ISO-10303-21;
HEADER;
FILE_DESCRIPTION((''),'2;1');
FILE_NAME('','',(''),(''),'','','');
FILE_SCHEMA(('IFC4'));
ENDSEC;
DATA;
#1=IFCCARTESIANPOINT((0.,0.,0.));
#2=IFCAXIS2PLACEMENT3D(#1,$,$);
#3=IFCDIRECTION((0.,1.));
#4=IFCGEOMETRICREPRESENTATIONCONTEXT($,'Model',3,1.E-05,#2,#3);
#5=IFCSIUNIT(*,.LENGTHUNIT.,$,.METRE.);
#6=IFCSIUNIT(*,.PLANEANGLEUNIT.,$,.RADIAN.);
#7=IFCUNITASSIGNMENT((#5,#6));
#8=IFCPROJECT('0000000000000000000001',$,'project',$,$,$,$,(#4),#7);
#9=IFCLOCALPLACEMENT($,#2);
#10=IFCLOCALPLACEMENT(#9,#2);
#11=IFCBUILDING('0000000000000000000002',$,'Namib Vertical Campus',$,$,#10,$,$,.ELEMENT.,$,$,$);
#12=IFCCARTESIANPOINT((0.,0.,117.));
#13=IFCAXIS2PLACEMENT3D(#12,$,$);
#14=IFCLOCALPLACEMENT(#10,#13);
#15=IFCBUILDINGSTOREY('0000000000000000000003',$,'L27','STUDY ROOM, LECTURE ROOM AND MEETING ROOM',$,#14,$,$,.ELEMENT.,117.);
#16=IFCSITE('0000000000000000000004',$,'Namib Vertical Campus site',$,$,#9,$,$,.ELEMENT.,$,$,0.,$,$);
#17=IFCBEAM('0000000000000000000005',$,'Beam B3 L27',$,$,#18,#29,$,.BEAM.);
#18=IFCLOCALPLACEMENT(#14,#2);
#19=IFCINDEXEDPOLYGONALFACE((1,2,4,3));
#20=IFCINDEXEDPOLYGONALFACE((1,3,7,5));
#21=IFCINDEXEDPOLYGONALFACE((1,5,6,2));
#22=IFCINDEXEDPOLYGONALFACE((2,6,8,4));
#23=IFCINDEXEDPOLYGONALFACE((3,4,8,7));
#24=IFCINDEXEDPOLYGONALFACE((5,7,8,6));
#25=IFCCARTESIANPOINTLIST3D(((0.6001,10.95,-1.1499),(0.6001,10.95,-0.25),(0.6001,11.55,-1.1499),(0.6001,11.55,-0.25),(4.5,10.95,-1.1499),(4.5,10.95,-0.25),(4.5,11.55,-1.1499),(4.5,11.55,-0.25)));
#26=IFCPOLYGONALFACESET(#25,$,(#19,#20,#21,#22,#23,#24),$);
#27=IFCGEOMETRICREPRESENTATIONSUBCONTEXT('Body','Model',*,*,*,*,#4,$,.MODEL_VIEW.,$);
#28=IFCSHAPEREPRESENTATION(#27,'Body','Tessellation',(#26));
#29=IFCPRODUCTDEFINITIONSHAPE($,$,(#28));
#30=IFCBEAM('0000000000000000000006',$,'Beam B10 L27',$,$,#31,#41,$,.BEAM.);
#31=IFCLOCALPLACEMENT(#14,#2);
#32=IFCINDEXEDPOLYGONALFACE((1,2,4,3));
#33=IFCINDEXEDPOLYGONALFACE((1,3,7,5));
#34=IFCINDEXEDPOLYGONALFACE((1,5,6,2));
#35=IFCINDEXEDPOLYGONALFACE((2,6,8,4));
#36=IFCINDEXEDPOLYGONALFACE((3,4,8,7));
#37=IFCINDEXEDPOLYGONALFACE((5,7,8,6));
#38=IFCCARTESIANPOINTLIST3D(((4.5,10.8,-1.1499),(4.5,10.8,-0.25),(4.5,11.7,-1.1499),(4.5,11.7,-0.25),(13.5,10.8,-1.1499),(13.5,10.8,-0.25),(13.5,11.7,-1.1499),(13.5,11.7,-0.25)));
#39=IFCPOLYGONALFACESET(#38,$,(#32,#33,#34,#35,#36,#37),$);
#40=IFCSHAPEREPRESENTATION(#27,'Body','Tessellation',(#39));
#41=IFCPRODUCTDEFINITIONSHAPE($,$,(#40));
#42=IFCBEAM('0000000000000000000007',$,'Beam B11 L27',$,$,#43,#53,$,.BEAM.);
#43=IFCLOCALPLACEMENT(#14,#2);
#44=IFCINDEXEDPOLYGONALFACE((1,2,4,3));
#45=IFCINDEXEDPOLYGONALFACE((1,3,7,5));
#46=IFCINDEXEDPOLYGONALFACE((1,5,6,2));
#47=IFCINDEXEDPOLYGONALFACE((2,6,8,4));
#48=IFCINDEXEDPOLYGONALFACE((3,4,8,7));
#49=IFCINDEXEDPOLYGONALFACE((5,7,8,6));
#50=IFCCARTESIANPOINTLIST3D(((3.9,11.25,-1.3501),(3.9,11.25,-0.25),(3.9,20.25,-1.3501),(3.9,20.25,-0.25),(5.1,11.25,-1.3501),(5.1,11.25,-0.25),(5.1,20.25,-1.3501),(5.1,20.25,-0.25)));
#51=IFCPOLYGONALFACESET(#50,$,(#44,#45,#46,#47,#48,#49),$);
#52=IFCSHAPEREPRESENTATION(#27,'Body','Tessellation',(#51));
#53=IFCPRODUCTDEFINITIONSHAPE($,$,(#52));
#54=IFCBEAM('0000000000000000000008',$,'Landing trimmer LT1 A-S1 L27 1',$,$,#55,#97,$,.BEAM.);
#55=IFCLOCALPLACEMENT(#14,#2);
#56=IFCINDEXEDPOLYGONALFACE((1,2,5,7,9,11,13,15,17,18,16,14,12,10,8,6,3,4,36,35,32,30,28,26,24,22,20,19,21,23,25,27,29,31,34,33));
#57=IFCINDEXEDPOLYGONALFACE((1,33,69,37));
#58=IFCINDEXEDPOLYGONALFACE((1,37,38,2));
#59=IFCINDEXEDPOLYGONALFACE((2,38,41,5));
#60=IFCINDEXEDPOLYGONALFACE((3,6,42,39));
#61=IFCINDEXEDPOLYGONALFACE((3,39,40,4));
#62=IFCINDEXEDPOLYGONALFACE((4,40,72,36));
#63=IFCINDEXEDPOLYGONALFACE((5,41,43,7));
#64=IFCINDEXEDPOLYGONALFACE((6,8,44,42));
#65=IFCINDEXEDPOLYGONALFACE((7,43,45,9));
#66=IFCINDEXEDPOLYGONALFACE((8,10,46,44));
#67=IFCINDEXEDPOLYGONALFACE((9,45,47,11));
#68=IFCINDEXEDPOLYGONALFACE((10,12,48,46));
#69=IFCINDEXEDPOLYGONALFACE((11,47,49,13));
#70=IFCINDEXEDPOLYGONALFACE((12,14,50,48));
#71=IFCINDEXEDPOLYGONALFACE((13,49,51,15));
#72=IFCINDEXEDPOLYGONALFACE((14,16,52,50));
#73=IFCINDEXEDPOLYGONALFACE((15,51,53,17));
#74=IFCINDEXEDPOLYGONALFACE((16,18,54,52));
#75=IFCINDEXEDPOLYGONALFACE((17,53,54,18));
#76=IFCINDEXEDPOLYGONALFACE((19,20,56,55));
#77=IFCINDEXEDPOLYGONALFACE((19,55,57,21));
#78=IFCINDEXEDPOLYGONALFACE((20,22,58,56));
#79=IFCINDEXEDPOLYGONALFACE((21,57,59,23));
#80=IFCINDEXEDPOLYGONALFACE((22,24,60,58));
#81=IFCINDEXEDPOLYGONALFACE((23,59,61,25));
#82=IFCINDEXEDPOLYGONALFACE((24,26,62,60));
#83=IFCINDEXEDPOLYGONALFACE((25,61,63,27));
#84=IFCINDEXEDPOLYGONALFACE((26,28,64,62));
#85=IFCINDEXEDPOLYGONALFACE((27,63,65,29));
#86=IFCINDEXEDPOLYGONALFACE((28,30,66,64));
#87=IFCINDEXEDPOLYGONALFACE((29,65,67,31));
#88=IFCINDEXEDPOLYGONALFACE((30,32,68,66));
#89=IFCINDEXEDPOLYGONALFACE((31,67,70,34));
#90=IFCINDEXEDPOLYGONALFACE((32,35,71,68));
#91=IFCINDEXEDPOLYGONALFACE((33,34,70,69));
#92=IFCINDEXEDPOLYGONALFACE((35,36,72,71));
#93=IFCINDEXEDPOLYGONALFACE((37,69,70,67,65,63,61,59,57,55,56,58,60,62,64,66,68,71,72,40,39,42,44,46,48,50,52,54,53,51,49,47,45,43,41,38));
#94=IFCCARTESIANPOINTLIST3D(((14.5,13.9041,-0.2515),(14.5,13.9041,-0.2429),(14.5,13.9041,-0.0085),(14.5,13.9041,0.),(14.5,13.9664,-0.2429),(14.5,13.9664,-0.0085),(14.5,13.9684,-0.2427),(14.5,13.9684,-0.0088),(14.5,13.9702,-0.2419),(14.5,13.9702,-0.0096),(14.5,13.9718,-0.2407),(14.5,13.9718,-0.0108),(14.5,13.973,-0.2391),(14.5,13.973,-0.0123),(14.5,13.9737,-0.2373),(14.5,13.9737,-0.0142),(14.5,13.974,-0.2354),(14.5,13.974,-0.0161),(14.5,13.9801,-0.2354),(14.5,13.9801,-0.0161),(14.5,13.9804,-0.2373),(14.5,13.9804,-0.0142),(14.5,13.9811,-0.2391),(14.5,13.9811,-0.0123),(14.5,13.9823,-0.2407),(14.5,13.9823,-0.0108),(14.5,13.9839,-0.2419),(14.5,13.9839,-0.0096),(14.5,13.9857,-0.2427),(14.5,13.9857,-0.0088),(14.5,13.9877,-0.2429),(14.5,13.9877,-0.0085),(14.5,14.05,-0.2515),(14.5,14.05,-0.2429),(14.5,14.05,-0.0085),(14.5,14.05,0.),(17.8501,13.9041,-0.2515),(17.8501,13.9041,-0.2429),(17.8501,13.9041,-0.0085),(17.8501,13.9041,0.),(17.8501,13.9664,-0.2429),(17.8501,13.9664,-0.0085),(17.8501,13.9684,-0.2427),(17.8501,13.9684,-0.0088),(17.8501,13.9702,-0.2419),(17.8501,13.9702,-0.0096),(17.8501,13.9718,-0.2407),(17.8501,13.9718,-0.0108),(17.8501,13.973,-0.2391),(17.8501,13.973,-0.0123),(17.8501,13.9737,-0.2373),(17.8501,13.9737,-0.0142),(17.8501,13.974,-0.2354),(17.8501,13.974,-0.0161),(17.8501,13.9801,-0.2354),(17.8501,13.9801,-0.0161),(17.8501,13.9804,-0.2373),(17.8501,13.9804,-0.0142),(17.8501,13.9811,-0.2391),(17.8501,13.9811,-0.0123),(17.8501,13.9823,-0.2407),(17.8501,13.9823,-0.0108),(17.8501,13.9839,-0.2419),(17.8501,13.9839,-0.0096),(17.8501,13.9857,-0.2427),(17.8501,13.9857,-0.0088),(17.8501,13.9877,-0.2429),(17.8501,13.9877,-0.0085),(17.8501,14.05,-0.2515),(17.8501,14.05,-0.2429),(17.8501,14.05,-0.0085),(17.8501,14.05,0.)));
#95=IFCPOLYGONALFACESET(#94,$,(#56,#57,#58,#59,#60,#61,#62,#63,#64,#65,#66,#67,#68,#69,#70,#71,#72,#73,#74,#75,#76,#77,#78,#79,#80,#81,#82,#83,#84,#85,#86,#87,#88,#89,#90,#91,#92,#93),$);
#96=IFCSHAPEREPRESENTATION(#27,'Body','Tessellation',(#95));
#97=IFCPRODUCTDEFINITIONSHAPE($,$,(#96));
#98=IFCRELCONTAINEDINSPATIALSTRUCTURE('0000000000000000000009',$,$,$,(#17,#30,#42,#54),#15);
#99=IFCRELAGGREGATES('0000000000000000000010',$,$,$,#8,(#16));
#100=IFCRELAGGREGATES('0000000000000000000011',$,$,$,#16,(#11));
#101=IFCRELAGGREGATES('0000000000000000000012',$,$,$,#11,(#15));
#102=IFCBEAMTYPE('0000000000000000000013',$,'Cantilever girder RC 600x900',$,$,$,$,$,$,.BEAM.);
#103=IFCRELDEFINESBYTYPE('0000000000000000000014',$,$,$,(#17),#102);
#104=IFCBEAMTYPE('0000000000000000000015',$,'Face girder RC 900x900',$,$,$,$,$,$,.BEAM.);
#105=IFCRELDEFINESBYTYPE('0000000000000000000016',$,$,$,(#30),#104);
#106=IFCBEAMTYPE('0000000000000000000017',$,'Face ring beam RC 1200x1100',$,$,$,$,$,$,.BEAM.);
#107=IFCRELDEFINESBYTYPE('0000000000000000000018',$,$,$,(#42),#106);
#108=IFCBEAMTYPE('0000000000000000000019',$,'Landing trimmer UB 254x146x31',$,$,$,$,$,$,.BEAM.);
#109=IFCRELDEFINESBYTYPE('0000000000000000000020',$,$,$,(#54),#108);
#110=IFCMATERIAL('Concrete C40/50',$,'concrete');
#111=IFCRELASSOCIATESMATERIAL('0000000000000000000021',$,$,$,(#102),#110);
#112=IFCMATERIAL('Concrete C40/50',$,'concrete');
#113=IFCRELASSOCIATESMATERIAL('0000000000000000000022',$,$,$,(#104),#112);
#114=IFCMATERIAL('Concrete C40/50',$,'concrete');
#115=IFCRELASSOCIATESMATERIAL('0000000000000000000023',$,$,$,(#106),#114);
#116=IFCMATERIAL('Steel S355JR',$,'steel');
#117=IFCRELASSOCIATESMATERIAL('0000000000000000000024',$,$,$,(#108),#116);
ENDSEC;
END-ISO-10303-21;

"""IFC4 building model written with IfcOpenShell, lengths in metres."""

from ifc_helpers import new_model, si_unit, direction, frame, origin, origin_2d, place, context, subcontext, project, spatial, rectangle, i_section, extrude, material, material_profile, profile_set, type_object, element, save


model = new_model("IFC4")

# Units and contexts
model_context = context("Model", 3, precision=1e-05, world=origin(), true_north=direction((0.0, 1.0)))
body_context = subcontext(model_context, "Body", "Model", "MODEL_VIEW")
ifc_project = project(units=[si_unit("LENGTHUNIT", "METRE"), si_unit("PLANEANGLEUNIT", "RADIAN")], contexts=[model_context])

# Site, building, storey
site_placement = place(None, origin())
site = spatial("IfcSite", under=ifc_project, at=site_placement, Name="Namib Vertical Campus site", CompositionType="ELEMENT", RefElevation=0.0)
building_placement = place(site_placement, origin())
building = spatial("IfcBuilding", under=site, at=building_placement, Name="Namib Vertical Campus", CompositionType="ELEMENT")
storey_placement = place(building_placement, frame((0.0, 0.0, 117.0)))
storey = spatial("IfcBuildingStorey", under=building, at=storey_placement, Name="L27", Description="STUDY ROOM, LECTURE ROOM AND MEETING ROOM", CompositionType="ELEMENT", Elevation=117.0)

# Beams
ifc_material_1 = material(Name="Concrete C40/50", Category="concrete")
ifc_material_profile_1 = material_profile(ifc_material_1, rectangle(XDim=0.6001, YDim=0.8999, at=origin_2d()))
ifc_profile_set_1 = profile_set([ifc_material_profile_1], Name="Concrete C40/50")
beam_type_1 = type_object("IfcBeamType", Name="Cantilever girder RC 600x900", PredefinedType="BEAM", material=ifc_profile_set_1)
beam_1_placement = place(storey_placement, frame((4.5, 11.25, -0.7), z_axis=(-1.0, 0.0, 0.0), x_axis=(0.0, -1.0, 0.0)))
element("IfcBeam", 1, at=beam_1_placement, inside=storey, type_object=beam_type_1, Name="Beam B3 L27", PredefinedType="BEAM", context=body_context, shape_type="SweptSolid", body=[
    extrude(rectangle(XDim=0.6001, YDim=0.8999, at=origin_2d()), origin(), (0.0, 0.0, 1.0), 3.8999),
])
ifc_material_2 = material(Name="Concrete C40/50", Category="concrete")
ifc_material_profile_2 = material_profile(ifc_material_2, rectangle(XDim=0.8999, YDim=0.8999, at=origin_2d()))
ifc_profile_set_2 = profile_set([ifc_material_profile_2], Name="Concrete C40/50")
beam_type_2 = type_object("IfcBeamType", Name="Face girder RC 900x900", PredefinedType="BEAM", material=ifc_profile_set_2)
beam_2_placement = place(storey_placement, frame((4.5, 11.25, -0.7), z_axis=(1.0, 0.0, 0.0), x_axis=(0.0, 1.0, 0.0)))
element("IfcBeam", 2, at=beam_2_placement, inside=storey, type_object=beam_type_2, Name="Beam B10 L27", PredefinedType="BEAM", context=body_context, shape_type="SweptSolid", body=[
    extrude(rectangle(XDim=0.8999, YDim=0.8999, at=origin_2d()), origin(), (0.0, 0.0, 1.0), 9.0),
])
ifc_material_3 = material(Name="Concrete C40/50", Category="concrete")
ifc_material_profile_3 = material_profile(ifc_material_3, rectangle(XDim=1.2, YDim=1.1001, at=origin_2d()))
ifc_profile_set_3 = profile_set([ifc_material_profile_3], Name="Concrete C40/50")
beam_type_3 = type_object("IfcBeamType", Name="Face ring beam RC 1200x1100", PredefinedType="BEAM", material=ifc_profile_set_3)
beam_3_placement = place(storey_placement, frame((4.5, 11.25, -0.8), z_axis=(0.0, 1.0, 0.0), x_axis=(-1.0, 0.0, 0.0)))
element("IfcBeam", 3, at=beam_3_placement, inside=storey, type_object=beam_type_3, Name="Beam B11 L27", PredefinedType="BEAM", context=body_context, shape_type="SweptSolid", body=[
    extrude(rectangle(XDim=1.2, YDim=1.1001, at=origin_2d()), origin(), (0.0, 0.0, 1.0), 9.0),
])
ifc_material_4 = material(Name="Steel S355JR", Category="steel")
ifc_material_profile_4 = material_profile(ifc_material_4, i_section(OverallWidth=0.146, OverallDepth=0.2515, WebThickness=0.0061, FlangeThickness=0.0085, FilletRadius=0.0076, at=origin_2d()))
ifc_profile_set_4 = profile_set([ifc_material_profile_4], Name="Steel S355JR")
beam_type_4 = type_object("IfcBeamType", Name="Landing trimmer UB 254x146x31", PredefinedType="BEAM", material=ifc_profile_set_4)
beam_4_placement = place(storey_placement, frame((14.5, 13.9771, -0.1257), z_axis=(1.0, 0.0, 0.0), x_axis=(0.0, 1.0, 0.0)))
element("IfcBeam", 4, at=beam_4_placement, inside=storey, type_object=beam_type_4, Name="Landing trimmer LT1 A-S1 L27 1", PredefinedType="BEAM", context=body_context, shape_type="SweptSolid", body=[
    extrude(i_section(OverallWidth=0.146, OverallDepth=0.2515, WebThickness=0.0061, FlangeThickness=0.0085, FilletRadius=0.0076, at=origin_2d()), origin(), (0.0, 0.0, 1.0), 3.3501),
])

save(model, "model.ifc")
